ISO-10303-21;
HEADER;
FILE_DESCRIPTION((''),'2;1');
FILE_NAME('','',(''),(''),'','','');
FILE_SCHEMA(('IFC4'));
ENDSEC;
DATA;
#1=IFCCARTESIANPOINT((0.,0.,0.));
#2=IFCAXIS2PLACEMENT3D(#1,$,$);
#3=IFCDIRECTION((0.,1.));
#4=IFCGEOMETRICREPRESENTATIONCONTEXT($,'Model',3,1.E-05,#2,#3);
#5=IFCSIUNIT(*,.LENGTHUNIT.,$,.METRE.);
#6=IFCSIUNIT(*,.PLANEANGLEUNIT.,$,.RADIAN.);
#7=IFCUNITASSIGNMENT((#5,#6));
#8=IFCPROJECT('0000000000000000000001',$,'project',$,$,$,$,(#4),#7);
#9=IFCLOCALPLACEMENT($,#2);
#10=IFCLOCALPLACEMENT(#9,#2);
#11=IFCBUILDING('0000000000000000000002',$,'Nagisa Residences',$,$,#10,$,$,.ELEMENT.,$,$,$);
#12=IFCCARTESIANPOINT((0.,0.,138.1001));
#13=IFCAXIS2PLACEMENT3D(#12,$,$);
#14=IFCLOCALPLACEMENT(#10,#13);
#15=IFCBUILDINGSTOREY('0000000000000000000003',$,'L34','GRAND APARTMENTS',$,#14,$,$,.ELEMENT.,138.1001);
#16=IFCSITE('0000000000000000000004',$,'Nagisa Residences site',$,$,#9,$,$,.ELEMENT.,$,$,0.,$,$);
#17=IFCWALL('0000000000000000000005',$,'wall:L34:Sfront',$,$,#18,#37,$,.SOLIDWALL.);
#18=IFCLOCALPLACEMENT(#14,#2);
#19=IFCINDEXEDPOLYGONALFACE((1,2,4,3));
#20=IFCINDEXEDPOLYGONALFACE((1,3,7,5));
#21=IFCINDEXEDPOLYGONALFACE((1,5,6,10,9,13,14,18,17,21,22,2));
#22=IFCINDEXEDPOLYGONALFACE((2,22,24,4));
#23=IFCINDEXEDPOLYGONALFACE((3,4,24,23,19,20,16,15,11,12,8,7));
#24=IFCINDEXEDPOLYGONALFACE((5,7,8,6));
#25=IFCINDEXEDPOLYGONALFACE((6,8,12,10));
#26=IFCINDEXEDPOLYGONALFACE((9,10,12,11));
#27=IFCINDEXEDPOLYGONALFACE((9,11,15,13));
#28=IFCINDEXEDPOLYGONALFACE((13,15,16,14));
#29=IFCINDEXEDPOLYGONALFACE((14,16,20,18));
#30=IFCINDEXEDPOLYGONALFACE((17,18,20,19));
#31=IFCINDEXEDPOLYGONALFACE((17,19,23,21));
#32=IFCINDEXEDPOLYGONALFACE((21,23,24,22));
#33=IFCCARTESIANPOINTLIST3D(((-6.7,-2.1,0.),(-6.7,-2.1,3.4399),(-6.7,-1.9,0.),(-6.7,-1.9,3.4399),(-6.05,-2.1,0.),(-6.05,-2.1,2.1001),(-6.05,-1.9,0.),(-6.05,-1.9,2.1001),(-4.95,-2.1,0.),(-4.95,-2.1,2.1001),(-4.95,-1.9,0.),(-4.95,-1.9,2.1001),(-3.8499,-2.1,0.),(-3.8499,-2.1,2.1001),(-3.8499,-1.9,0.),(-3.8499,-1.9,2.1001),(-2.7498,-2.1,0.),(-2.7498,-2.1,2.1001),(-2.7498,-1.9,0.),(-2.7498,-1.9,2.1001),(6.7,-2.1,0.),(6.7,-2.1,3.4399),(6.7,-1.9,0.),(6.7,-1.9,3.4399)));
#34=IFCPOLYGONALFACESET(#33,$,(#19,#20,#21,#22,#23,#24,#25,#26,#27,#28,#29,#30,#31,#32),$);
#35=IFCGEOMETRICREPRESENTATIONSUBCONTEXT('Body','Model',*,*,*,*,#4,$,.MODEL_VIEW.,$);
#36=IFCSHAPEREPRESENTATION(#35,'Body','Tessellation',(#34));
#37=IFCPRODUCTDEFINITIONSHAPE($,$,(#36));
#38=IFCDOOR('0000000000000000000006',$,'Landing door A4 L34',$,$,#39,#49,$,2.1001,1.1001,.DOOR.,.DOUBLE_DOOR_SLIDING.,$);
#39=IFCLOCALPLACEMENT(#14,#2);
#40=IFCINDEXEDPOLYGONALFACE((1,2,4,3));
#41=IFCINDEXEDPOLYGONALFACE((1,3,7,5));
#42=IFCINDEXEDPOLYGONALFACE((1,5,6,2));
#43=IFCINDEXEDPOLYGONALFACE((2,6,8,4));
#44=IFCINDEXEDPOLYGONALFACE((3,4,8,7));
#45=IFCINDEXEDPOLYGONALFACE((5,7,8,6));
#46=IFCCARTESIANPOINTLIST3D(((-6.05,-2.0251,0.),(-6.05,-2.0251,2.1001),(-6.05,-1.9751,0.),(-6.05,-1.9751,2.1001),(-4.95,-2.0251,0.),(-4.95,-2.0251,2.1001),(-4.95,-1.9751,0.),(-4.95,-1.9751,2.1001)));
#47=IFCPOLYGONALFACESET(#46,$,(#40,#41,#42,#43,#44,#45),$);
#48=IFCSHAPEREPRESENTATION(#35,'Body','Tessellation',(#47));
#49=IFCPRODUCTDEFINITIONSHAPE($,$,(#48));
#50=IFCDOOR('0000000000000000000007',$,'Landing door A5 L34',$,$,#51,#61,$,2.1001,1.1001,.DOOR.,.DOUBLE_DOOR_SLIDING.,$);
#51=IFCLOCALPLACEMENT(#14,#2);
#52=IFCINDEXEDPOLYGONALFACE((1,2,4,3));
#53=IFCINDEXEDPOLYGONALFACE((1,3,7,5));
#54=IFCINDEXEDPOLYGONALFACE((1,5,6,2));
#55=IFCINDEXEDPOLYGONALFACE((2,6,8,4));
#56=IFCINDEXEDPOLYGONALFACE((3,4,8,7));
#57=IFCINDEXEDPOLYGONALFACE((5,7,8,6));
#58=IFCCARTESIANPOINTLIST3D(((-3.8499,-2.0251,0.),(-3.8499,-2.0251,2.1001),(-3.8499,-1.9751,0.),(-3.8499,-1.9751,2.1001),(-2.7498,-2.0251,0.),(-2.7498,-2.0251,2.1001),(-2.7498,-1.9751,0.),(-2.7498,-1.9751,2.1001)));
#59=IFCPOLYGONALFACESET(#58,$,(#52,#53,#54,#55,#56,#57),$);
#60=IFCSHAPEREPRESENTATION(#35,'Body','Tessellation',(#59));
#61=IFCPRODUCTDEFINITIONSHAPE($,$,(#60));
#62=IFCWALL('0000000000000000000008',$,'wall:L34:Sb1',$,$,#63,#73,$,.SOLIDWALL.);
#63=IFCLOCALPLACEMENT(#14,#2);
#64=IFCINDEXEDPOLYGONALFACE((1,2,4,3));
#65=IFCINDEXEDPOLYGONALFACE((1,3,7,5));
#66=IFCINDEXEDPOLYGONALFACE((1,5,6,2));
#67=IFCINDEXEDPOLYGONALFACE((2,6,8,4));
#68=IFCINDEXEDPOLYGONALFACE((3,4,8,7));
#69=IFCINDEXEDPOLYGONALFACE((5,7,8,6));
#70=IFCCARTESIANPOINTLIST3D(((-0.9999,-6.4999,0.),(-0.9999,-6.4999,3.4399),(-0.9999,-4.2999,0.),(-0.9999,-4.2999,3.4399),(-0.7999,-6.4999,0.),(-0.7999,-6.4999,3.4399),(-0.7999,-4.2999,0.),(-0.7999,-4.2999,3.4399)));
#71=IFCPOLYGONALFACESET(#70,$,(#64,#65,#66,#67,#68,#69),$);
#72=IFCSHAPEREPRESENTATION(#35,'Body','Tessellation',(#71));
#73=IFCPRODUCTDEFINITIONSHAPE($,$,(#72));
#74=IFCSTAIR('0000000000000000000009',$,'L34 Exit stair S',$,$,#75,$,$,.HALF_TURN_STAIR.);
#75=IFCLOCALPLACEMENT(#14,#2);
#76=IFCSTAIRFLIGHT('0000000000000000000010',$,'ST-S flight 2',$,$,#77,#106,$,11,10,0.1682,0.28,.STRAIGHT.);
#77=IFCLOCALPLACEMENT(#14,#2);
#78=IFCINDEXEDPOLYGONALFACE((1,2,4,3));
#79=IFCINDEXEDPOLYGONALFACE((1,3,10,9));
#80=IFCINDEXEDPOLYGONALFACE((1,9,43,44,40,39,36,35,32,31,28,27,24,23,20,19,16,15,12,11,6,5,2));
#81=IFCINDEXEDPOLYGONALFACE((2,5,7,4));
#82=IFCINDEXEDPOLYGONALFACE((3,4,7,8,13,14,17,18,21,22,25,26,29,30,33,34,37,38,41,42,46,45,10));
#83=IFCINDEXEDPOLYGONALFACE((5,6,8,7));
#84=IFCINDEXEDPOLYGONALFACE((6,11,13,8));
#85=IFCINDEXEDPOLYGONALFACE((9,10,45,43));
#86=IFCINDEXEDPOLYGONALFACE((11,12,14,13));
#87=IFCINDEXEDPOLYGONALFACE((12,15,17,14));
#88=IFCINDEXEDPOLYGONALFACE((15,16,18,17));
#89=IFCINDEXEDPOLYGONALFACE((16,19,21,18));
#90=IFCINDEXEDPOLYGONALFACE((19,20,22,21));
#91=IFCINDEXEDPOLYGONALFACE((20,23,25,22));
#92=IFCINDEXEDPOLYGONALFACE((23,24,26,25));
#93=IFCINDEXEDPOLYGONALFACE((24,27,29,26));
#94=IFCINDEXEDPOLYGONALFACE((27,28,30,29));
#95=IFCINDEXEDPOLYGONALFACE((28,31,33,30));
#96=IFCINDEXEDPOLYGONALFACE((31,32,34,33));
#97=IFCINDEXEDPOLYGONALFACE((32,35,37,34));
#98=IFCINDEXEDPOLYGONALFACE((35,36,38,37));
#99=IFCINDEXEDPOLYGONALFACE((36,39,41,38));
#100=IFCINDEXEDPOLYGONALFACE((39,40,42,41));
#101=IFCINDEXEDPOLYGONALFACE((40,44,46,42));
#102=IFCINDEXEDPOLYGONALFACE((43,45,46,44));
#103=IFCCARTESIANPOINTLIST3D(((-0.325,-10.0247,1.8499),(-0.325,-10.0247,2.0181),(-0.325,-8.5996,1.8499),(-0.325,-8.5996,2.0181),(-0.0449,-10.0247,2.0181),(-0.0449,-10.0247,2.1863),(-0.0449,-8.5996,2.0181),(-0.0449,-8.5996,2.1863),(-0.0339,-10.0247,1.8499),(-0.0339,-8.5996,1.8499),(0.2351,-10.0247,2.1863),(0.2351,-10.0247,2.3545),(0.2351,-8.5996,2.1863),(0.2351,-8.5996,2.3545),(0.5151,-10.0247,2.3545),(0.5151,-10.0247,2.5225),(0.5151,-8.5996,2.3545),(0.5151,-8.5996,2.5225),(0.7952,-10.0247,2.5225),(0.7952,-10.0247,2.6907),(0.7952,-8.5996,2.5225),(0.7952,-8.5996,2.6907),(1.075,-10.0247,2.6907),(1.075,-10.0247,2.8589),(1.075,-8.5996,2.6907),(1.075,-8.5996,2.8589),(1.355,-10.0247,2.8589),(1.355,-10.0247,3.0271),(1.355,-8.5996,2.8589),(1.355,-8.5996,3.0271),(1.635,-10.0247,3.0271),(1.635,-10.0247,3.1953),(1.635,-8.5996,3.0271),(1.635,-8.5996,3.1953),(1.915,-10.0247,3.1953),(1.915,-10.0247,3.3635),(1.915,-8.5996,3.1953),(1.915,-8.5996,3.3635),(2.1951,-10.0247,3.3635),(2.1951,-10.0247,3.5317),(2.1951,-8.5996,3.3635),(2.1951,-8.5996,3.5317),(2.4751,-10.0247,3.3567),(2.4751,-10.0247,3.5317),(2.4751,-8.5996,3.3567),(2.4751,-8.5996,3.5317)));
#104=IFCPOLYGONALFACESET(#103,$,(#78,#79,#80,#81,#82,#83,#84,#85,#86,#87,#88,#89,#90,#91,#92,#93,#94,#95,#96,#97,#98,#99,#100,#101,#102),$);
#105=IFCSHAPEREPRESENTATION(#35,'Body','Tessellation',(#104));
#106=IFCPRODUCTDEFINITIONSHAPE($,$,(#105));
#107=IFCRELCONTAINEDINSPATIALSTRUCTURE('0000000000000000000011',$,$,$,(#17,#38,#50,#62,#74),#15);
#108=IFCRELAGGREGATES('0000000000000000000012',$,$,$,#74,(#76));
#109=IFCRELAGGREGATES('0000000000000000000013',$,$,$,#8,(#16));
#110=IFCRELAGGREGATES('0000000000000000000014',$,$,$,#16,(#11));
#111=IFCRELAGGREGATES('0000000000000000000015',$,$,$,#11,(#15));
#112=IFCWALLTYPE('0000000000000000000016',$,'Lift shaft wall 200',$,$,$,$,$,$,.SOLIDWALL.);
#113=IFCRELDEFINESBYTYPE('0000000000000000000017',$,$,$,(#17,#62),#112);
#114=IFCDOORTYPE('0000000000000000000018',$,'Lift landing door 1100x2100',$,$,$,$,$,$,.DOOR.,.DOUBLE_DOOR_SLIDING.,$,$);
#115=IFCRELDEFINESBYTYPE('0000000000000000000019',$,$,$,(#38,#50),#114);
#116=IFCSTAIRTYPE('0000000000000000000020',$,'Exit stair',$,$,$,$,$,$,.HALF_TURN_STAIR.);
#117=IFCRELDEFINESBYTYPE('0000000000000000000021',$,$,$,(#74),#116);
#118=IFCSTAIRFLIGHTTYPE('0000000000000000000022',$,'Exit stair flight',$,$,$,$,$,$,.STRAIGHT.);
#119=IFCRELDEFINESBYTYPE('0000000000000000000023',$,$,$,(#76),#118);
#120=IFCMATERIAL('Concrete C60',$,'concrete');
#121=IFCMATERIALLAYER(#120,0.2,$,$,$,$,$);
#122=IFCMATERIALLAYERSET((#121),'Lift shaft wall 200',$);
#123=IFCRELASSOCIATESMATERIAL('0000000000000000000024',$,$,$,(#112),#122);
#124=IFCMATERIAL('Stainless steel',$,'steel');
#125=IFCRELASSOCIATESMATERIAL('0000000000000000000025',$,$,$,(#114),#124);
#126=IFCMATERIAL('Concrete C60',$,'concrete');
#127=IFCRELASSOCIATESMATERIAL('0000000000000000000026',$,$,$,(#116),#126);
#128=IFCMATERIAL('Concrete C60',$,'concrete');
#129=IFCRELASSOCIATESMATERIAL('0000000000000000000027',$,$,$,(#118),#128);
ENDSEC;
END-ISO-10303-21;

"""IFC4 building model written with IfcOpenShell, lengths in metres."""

from ifc_helpers import new_model, si_unit, direction, frame, frame_2d, origin, place, context, subcontext, project, spatial, polyline, rectangle, outline, extrude, material, layer, layer_set, type_object, element, fill, aggregate, save


model = new_model("IFC4")

# Units and contexts
model_context = context("Model", 3, precision=1e-05, world=origin(), true_north=direction((0.0, 1.0)))
body_context = subcontext(model_context, "Body", "Model", "MODEL_VIEW")
ifc_project = project(units=[si_unit("LENGTHUNIT", "METRE"), si_unit("PLANEANGLEUNIT", "RADIAN")], contexts=[model_context])

# Site, building, storey
site_placement = place(None, origin())
site = spatial("IfcSite", under=ifc_project, at=site_placement, Name="Nagisa Residences site", CompositionType="ELEMENT", RefElevation=0.0)
building_placement = place(site_placement, origin())
building = spatial("IfcBuilding", under=site, at=building_placement, Name="Nagisa Residences", CompositionType="ELEMENT")
storey_placement = place(building_placement, frame((0.0, 0.0, 138.1001)))
storey = spatial("IfcBuildingStorey", under=building, at=storey_placement, Name="L34", Description="GRAND APARTMENTS", CompositionType="ELEMENT", Elevation=138.1001)

# Shared definitions
ifc_material_1 = material(Name="Concrete C60", Category="concrete")
ifc_layer_1 = layer(ifc_material_1, 0.2)
ifc_layer_set_1 = layer_set([ifc_layer_1], Name="Lift shaft wall 200")
wall_type_1 = type_object("IfcWallType", Name="Lift shaft wall 200", PredefinedType="SOLIDWALL", material=ifc_layer_set_1)

# Wall, openings, doors
wall_1_placement = place(storey_placement, frame((-6.7, -2.0, 0.0), z_axis=(0.0, 0.0, 1.0), x_axis=(1.0, 0.0, 0.0)))
wall_1 = element("IfcWall", 1, at=wall_1_placement, inside=storey, type_object=wall_type_1, Name="wall:L34:Sfront", PredefinedType="SOLIDWALL", context=body_context, shape_type="SweptSolid", body=[
    extrude(rectangle(XDim=13.3999, YDim=0.2, at=frame_2d((6.7, 0.0))), origin(), (0.0, 0.0, 1.0), 3.4399),
])
opening_1_placement = place(wall_1_placement, frame((0.6499, 0.0, 0.0)))
opening_1 = element("IfcOpeningElement", 2, at=opening_1_placement, cuts=wall_1, PredefinedType="OPENING", context=body_context, shape_type="SweptSolid", body=[
    extrude(rectangle(XDim=1.1001, YDim=2.1001, at=frame_2d((0.55, 1.05))), frame((0.0, 0.1099, 0.0), z_axis=(0.0, -1.0, 0.0), x_axis=(1.0, 0.0, 0.0)), (0.0, 0.0, 1.0), 0.22),
])
opening_2_placement = place(wall_1_placement, frame((2.8501, 0.0, 0.0)))
opening_2 = element("IfcOpeningElement", 3, at=opening_2_placement, cuts=wall_1, PredefinedType="OPENING", context=body_context, shape_type="SweptSolid", body=[
    extrude(rectangle(XDim=1.1001, YDim=2.1001, at=frame_2d((0.55, 1.05))), frame((0.0, 0.1099, 0.0), z_axis=(0.0, -1.0, 0.0), x_axis=(1.0, 0.0, 0.0)), (0.0, 0.0, 1.0), 0.22),
])
ifc_material_2 = material(Name="Stainless steel", Category="steel")
door_type_1 = type_object("IfcDoorType", Name="Lift landing door 1100x2100", OperationType="DOUBLE_DOOR_SLIDING", PredefinedType="DOOR", material=ifc_material_2)
door_1_placement = place(opening_1_placement, origin())
door_1 = element("IfcDoor", 4, at=door_1_placement, inside=storey, type_object=door_type_1, Name="Landing door A4 L34", OperationType="DOUBLE_DOOR_SLIDING", OverallHeight=2.1001, OverallWidth=1.1001, PredefinedType="DOOR", context=body_context, shape_type="SweptSolid", body=[
    extrude(rectangle(XDim=1.1001, YDim=2.1001, at=frame_2d((0.55, 1.05))), frame((0.0, 0.0249, 0.0), z_axis=(0.0, -1.0, 0.0), x_axis=(1.0, 0.0, 0.0)), (0.0, 0.0, 1.0), 0.05),
])
fill(opening_1, door_1)
door_2_placement = place(opening_2_placement, origin())
door_2 = element("IfcDoor", 5, at=door_2_placement, inside=storey, type_object=door_type_1, Name="Landing door A5 L34", OperationType="DOUBLE_DOOR_SLIDING", OverallHeight=2.1001, OverallWidth=1.1001, PredefinedType="DOOR", context=body_context, shape_type="SweptSolid", body=[
    extrude(rectangle(XDim=1.1001, YDim=2.1001, at=frame_2d((0.55, 1.05))), frame((0.0, 0.0249, 0.0), z_axis=(0.0, -1.0, 0.0), x_axis=(1.0, 0.0, 0.0)), (0.0, 0.0, 1.0), 0.05),
])
fill(opening_2, door_2)

# Wall
wall_2_placement = place(storey_placement, frame((-0.8999, -6.5, 0.0), z_axis=(0.0, 0.0, 1.0), x_axis=(0.0, 1.0, 0.0)))
element("IfcWall", 6, at=wall_2_placement, inside=storey, type_object=wall_type_1, Name="wall:L34:Sb1", PredefinedType="SOLIDWALL", context=body_context, shape_type="SweptSolid", body=[
    extrude(rectangle(XDim=2.2, YDim=0.2, at=frame_2d((1.1001, 0.0))), origin(), (0.0, 0.0, 1.0), 3.4399),
])

# Stair, stair flight
ifc_material_3 = material(Name="Concrete C60", Category="concrete")
stair_type = type_object("IfcStairType", Name="Exit stair", PredefinedType="HALF_TURN_STAIR", material=ifc_material_3)
stair_placement = place(storey_placement, origin())
stair = element("IfcStair", 7, at=stair_placement, inside=storey, type_object=stair_type, Name="L34 Exit stair S", PredefinedType="HALF_TURN_STAIR")
ifc_material_4 = material(Name="Concrete C60", Category="concrete")
stair_flight_type = type_object("IfcStairFlightType", Name="Exit stair flight", PredefinedType="STRAIGHT", material=ifc_material_4)
stair_flight_placement = place(storey_placement, frame((-0.325, -9.312, 1.8499), z_axis=(0.0, 0.0, 1.0), x_axis=(1.0, 0.0, 0.0)))
stair_flight = element("IfcStairFlight", 8, at=stair_flight_placement, type_object=stair_flight_type, Name="ST-S flight 2", NumberOfRisers=11, NumberOfTreads=10, PredefinedType="STRAIGHT", RiserHeight=0.1682, TreadLength=0.28, context=body_context, shape_type="SweptSolid", body=[
    extrude(outline(polyline([(0.0, 0.0), (0.0, 0.1682), (0.28, 0.1682), (0.28, 0.3364), (0.5601, 0.3364), (0.5601, 0.5046), (0.8401, 0.5046), (0.8401, 0.6726), (1.1201, 0.6726), (1.1201, 0.8408), (1.3999, 0.8408), (1.3999, 1.009), (1.6799, 1.009), (1.6799, 1.1772), (1.96, 1.1772), (1.96, 1.3455), (2.24, 1.3455), (2.24, 1.5137), (2.52, 1.5137), (2.52, 1.6819), (2.8, 1.6819), (2.8, 1.8501), (2.8, 1.5068), (0.291, 0.0), (0.0, 0.0)])), frame((0.0, 0.7124, 0.0), z_axis=(0.0, -1.0, 0.0), x_axis=(1.0, 0.0, 0.0)), (0.0, 0.0, 1.0), 1.425),
])
aggregate(stair, [stair_flight])

save(model, "model.ifc")
